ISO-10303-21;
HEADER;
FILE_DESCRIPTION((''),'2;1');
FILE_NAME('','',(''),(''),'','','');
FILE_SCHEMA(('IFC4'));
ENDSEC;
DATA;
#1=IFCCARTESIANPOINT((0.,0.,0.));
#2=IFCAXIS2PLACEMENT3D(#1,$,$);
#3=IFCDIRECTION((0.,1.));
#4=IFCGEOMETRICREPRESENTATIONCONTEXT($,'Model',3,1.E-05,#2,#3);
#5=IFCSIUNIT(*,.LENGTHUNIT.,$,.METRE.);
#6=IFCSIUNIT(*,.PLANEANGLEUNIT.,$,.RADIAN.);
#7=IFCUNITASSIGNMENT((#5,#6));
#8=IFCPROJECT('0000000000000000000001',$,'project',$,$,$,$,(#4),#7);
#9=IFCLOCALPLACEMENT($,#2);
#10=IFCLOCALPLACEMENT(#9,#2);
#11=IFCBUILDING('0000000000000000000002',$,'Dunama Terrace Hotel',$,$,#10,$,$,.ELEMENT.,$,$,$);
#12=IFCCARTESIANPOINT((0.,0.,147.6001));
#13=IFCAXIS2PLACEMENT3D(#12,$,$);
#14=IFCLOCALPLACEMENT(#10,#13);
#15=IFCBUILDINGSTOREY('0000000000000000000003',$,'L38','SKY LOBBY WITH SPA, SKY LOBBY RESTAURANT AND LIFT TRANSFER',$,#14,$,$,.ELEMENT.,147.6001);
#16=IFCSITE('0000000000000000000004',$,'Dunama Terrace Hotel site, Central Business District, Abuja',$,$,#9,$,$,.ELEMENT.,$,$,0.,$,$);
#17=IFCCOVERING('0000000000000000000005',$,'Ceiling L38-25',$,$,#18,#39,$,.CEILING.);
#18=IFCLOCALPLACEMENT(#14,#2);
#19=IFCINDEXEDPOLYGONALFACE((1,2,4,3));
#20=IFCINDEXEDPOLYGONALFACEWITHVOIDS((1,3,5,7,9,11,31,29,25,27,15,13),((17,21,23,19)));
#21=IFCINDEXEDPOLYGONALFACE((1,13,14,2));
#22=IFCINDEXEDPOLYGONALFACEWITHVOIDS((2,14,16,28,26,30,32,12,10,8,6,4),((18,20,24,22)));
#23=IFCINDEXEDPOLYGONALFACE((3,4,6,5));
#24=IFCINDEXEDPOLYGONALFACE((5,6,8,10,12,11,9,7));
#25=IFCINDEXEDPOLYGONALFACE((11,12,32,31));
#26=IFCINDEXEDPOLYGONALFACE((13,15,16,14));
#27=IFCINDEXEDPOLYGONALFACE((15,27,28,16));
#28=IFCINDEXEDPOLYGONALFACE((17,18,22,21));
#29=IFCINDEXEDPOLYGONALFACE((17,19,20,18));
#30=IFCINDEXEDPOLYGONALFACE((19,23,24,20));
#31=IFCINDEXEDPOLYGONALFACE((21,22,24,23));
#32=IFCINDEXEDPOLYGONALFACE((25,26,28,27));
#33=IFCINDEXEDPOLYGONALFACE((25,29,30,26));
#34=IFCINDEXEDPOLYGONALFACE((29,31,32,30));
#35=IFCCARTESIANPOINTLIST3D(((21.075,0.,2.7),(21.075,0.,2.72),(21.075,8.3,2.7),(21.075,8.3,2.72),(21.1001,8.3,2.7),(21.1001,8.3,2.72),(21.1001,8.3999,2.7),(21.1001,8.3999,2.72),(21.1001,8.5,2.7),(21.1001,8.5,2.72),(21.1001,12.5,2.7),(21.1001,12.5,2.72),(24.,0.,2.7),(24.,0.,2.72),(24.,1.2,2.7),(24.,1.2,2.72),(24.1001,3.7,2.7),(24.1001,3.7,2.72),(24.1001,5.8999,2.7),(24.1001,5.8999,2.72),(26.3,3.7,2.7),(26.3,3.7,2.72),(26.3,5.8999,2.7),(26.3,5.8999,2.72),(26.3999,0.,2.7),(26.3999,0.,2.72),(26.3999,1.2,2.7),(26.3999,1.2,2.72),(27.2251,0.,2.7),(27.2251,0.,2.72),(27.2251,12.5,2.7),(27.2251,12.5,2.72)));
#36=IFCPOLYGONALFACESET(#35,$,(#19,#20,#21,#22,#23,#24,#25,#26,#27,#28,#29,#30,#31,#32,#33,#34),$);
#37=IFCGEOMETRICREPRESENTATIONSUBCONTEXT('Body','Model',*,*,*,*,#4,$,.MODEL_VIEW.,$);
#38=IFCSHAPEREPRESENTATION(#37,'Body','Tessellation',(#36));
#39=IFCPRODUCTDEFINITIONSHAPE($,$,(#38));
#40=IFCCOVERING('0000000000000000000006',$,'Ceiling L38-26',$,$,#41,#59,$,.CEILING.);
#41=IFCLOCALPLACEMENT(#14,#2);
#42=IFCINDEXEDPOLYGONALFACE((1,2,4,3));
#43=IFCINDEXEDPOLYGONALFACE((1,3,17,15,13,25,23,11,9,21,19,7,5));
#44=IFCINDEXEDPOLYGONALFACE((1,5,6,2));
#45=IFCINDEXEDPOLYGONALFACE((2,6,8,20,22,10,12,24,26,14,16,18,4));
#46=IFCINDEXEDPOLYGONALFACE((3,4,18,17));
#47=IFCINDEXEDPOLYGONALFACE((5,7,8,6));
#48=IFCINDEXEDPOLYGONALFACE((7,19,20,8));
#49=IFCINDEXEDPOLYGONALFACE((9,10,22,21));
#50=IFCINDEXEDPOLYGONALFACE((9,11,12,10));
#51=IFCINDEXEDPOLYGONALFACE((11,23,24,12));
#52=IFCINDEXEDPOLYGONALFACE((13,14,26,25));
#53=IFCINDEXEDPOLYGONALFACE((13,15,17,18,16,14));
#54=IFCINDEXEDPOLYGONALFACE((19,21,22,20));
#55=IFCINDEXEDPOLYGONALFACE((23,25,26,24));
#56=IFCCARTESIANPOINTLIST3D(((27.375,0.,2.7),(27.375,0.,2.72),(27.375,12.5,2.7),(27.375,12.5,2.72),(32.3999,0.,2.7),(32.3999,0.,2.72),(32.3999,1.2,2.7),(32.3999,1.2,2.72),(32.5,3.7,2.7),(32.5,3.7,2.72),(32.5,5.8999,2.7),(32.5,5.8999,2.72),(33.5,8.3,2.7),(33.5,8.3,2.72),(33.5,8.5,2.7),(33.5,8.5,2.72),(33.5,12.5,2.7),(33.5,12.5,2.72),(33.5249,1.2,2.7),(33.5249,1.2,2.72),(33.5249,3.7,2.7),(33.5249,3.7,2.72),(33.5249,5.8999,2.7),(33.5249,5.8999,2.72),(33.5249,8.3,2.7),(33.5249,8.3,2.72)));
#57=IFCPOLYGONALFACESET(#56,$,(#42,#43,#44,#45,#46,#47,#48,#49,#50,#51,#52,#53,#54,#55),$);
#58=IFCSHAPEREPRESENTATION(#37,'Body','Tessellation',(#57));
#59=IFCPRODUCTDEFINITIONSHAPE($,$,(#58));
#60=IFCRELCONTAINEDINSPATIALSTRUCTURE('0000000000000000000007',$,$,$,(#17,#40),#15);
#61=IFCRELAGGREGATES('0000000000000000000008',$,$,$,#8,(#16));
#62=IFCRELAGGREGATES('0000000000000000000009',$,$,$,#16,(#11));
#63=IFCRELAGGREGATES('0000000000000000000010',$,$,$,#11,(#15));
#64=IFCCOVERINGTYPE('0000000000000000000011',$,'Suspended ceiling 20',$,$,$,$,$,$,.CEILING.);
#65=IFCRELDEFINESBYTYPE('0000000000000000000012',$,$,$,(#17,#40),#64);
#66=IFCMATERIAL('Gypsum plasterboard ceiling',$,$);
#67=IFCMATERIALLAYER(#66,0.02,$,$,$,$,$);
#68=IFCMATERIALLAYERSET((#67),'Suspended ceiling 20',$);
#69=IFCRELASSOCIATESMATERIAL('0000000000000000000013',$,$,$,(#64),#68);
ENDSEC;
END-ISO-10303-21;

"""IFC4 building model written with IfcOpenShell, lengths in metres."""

from ifc_helpers import new_model, si_unit, direction, frame, origin, place, context, subcontext, project, spatial, polyline, outline, extrude, material, layer, layer_set, type_object, element, save


model = new_model("IFC4")

# Units and contexts
model_context = context("Model", 3, precision=1e-05, world=origin(), true_north=direction((0.0, 1.0)))
body_context = subcontext(model_context, "Body", "Model", "MODEL_VIEW")
ifc_project = project(units=[si_unit("LENGTHUNIT", "METRE"), si_unit("PLANEANGLEUNIT", "RADIAN")], contexts=[model_context])

# Site, building, storey
site_placement = place(None, origin())
site = spatial("IfcSite", under=ifc_project, at=site_placement, Name="Dunama Terrace Hotel site, Central Business District, Abuja", CompositionType="ELEMENT", RefElevation=0.0)
building_placement = place(site_placement, origin())
building = spatial("IfcBuilding", under=site, at=building_placement, Name="Dunama Terrace Hotel", CompositionType="ELEMENT")
storey_placement = place(building_placement, frame((0.0, 0.0, 147.6001)))
storey = spatial("IfcBuildingStorey", under=building, at=storey_placement, Name="L38", Description="SKY LOBBY WITH SPA, SKY LOBBY RESTAURANT AND LIFT TRANSFER", CompositionType="ELEMENT", Elevation=147.6001)

# Coverings
ifc_material_1 = material(Name="Gypsum plasterboard ceiling")
ifc_layer_1 = layer(ifc_material_1, 0.02)
ifc_layer_set_1 = layer_set([ifc_layer_1], Name="Suspended ceiling 20")
covering_type_1 = type_object("IfcCoveringType", Name="Suspended ceiling 20", PredefinedType="CEILING", material=ifc_layer_set_1)
covering_1_placement = place(storey_placement, frame((0.0, 0.0, 2.7)))
element("IfcCovering", 1, at=covering_1_placement, inside=storey, type_object=covering_type_1, Name="Ceiling L38-25", PredefinedType="CEILING", context=body_context, shape_type="SweptSolid", body=[
    extrude(outline(polyline([(26.3999, 1.2), (26.3999, 0.0), (27.2251, 0.0), (27.2251, 12.5), (21.1001, 12.5), (21.1001, 8.5), (21.1001, 8.3999), (21.1001, 8.3), (21.075, 8.3), (21.075, 0.0), (24.0, 0.0), (24.0, 1.2), (26.3999, 1.2)]), holes=[polyline([(24.1001, 3.7), (24.1001, 5.8999), (26.3, 5.8999), (26.3, 3.7), (24.1001, 3.7)])]), origin(), (0.0, 0.0, 1.0), 0.02),
])
covering_2_placement = place(storey_placement, frame((0.0, 0.0, 2.7)))
element("IfcCovering", 2, at=covering_2_placement, inside=storey, type_object=covering_type_1, Name="Ceiling L38-26", PredefinedType="CEILING", context=body_context, shape_type="SweptSolid", body=[
    extrude(outline(polyline([(27.375, 12.5), (27.375, 0.0), (32.3999, 0.0), (32.3999, 1.2), (33.5249, 1.2), (33.5249, 3.7), (32.5, 3.7), (32.5, 5.8999), (33.5249, 5.8999), (33.5249, 8.3), (33.5, 8.3), (33.5, 8.5), (33.5, 12.5), (27.375, 12.5)])), origin(), (0.0, 0.0, 1.0), 0.02),
])

save(model, "model.ifc")
